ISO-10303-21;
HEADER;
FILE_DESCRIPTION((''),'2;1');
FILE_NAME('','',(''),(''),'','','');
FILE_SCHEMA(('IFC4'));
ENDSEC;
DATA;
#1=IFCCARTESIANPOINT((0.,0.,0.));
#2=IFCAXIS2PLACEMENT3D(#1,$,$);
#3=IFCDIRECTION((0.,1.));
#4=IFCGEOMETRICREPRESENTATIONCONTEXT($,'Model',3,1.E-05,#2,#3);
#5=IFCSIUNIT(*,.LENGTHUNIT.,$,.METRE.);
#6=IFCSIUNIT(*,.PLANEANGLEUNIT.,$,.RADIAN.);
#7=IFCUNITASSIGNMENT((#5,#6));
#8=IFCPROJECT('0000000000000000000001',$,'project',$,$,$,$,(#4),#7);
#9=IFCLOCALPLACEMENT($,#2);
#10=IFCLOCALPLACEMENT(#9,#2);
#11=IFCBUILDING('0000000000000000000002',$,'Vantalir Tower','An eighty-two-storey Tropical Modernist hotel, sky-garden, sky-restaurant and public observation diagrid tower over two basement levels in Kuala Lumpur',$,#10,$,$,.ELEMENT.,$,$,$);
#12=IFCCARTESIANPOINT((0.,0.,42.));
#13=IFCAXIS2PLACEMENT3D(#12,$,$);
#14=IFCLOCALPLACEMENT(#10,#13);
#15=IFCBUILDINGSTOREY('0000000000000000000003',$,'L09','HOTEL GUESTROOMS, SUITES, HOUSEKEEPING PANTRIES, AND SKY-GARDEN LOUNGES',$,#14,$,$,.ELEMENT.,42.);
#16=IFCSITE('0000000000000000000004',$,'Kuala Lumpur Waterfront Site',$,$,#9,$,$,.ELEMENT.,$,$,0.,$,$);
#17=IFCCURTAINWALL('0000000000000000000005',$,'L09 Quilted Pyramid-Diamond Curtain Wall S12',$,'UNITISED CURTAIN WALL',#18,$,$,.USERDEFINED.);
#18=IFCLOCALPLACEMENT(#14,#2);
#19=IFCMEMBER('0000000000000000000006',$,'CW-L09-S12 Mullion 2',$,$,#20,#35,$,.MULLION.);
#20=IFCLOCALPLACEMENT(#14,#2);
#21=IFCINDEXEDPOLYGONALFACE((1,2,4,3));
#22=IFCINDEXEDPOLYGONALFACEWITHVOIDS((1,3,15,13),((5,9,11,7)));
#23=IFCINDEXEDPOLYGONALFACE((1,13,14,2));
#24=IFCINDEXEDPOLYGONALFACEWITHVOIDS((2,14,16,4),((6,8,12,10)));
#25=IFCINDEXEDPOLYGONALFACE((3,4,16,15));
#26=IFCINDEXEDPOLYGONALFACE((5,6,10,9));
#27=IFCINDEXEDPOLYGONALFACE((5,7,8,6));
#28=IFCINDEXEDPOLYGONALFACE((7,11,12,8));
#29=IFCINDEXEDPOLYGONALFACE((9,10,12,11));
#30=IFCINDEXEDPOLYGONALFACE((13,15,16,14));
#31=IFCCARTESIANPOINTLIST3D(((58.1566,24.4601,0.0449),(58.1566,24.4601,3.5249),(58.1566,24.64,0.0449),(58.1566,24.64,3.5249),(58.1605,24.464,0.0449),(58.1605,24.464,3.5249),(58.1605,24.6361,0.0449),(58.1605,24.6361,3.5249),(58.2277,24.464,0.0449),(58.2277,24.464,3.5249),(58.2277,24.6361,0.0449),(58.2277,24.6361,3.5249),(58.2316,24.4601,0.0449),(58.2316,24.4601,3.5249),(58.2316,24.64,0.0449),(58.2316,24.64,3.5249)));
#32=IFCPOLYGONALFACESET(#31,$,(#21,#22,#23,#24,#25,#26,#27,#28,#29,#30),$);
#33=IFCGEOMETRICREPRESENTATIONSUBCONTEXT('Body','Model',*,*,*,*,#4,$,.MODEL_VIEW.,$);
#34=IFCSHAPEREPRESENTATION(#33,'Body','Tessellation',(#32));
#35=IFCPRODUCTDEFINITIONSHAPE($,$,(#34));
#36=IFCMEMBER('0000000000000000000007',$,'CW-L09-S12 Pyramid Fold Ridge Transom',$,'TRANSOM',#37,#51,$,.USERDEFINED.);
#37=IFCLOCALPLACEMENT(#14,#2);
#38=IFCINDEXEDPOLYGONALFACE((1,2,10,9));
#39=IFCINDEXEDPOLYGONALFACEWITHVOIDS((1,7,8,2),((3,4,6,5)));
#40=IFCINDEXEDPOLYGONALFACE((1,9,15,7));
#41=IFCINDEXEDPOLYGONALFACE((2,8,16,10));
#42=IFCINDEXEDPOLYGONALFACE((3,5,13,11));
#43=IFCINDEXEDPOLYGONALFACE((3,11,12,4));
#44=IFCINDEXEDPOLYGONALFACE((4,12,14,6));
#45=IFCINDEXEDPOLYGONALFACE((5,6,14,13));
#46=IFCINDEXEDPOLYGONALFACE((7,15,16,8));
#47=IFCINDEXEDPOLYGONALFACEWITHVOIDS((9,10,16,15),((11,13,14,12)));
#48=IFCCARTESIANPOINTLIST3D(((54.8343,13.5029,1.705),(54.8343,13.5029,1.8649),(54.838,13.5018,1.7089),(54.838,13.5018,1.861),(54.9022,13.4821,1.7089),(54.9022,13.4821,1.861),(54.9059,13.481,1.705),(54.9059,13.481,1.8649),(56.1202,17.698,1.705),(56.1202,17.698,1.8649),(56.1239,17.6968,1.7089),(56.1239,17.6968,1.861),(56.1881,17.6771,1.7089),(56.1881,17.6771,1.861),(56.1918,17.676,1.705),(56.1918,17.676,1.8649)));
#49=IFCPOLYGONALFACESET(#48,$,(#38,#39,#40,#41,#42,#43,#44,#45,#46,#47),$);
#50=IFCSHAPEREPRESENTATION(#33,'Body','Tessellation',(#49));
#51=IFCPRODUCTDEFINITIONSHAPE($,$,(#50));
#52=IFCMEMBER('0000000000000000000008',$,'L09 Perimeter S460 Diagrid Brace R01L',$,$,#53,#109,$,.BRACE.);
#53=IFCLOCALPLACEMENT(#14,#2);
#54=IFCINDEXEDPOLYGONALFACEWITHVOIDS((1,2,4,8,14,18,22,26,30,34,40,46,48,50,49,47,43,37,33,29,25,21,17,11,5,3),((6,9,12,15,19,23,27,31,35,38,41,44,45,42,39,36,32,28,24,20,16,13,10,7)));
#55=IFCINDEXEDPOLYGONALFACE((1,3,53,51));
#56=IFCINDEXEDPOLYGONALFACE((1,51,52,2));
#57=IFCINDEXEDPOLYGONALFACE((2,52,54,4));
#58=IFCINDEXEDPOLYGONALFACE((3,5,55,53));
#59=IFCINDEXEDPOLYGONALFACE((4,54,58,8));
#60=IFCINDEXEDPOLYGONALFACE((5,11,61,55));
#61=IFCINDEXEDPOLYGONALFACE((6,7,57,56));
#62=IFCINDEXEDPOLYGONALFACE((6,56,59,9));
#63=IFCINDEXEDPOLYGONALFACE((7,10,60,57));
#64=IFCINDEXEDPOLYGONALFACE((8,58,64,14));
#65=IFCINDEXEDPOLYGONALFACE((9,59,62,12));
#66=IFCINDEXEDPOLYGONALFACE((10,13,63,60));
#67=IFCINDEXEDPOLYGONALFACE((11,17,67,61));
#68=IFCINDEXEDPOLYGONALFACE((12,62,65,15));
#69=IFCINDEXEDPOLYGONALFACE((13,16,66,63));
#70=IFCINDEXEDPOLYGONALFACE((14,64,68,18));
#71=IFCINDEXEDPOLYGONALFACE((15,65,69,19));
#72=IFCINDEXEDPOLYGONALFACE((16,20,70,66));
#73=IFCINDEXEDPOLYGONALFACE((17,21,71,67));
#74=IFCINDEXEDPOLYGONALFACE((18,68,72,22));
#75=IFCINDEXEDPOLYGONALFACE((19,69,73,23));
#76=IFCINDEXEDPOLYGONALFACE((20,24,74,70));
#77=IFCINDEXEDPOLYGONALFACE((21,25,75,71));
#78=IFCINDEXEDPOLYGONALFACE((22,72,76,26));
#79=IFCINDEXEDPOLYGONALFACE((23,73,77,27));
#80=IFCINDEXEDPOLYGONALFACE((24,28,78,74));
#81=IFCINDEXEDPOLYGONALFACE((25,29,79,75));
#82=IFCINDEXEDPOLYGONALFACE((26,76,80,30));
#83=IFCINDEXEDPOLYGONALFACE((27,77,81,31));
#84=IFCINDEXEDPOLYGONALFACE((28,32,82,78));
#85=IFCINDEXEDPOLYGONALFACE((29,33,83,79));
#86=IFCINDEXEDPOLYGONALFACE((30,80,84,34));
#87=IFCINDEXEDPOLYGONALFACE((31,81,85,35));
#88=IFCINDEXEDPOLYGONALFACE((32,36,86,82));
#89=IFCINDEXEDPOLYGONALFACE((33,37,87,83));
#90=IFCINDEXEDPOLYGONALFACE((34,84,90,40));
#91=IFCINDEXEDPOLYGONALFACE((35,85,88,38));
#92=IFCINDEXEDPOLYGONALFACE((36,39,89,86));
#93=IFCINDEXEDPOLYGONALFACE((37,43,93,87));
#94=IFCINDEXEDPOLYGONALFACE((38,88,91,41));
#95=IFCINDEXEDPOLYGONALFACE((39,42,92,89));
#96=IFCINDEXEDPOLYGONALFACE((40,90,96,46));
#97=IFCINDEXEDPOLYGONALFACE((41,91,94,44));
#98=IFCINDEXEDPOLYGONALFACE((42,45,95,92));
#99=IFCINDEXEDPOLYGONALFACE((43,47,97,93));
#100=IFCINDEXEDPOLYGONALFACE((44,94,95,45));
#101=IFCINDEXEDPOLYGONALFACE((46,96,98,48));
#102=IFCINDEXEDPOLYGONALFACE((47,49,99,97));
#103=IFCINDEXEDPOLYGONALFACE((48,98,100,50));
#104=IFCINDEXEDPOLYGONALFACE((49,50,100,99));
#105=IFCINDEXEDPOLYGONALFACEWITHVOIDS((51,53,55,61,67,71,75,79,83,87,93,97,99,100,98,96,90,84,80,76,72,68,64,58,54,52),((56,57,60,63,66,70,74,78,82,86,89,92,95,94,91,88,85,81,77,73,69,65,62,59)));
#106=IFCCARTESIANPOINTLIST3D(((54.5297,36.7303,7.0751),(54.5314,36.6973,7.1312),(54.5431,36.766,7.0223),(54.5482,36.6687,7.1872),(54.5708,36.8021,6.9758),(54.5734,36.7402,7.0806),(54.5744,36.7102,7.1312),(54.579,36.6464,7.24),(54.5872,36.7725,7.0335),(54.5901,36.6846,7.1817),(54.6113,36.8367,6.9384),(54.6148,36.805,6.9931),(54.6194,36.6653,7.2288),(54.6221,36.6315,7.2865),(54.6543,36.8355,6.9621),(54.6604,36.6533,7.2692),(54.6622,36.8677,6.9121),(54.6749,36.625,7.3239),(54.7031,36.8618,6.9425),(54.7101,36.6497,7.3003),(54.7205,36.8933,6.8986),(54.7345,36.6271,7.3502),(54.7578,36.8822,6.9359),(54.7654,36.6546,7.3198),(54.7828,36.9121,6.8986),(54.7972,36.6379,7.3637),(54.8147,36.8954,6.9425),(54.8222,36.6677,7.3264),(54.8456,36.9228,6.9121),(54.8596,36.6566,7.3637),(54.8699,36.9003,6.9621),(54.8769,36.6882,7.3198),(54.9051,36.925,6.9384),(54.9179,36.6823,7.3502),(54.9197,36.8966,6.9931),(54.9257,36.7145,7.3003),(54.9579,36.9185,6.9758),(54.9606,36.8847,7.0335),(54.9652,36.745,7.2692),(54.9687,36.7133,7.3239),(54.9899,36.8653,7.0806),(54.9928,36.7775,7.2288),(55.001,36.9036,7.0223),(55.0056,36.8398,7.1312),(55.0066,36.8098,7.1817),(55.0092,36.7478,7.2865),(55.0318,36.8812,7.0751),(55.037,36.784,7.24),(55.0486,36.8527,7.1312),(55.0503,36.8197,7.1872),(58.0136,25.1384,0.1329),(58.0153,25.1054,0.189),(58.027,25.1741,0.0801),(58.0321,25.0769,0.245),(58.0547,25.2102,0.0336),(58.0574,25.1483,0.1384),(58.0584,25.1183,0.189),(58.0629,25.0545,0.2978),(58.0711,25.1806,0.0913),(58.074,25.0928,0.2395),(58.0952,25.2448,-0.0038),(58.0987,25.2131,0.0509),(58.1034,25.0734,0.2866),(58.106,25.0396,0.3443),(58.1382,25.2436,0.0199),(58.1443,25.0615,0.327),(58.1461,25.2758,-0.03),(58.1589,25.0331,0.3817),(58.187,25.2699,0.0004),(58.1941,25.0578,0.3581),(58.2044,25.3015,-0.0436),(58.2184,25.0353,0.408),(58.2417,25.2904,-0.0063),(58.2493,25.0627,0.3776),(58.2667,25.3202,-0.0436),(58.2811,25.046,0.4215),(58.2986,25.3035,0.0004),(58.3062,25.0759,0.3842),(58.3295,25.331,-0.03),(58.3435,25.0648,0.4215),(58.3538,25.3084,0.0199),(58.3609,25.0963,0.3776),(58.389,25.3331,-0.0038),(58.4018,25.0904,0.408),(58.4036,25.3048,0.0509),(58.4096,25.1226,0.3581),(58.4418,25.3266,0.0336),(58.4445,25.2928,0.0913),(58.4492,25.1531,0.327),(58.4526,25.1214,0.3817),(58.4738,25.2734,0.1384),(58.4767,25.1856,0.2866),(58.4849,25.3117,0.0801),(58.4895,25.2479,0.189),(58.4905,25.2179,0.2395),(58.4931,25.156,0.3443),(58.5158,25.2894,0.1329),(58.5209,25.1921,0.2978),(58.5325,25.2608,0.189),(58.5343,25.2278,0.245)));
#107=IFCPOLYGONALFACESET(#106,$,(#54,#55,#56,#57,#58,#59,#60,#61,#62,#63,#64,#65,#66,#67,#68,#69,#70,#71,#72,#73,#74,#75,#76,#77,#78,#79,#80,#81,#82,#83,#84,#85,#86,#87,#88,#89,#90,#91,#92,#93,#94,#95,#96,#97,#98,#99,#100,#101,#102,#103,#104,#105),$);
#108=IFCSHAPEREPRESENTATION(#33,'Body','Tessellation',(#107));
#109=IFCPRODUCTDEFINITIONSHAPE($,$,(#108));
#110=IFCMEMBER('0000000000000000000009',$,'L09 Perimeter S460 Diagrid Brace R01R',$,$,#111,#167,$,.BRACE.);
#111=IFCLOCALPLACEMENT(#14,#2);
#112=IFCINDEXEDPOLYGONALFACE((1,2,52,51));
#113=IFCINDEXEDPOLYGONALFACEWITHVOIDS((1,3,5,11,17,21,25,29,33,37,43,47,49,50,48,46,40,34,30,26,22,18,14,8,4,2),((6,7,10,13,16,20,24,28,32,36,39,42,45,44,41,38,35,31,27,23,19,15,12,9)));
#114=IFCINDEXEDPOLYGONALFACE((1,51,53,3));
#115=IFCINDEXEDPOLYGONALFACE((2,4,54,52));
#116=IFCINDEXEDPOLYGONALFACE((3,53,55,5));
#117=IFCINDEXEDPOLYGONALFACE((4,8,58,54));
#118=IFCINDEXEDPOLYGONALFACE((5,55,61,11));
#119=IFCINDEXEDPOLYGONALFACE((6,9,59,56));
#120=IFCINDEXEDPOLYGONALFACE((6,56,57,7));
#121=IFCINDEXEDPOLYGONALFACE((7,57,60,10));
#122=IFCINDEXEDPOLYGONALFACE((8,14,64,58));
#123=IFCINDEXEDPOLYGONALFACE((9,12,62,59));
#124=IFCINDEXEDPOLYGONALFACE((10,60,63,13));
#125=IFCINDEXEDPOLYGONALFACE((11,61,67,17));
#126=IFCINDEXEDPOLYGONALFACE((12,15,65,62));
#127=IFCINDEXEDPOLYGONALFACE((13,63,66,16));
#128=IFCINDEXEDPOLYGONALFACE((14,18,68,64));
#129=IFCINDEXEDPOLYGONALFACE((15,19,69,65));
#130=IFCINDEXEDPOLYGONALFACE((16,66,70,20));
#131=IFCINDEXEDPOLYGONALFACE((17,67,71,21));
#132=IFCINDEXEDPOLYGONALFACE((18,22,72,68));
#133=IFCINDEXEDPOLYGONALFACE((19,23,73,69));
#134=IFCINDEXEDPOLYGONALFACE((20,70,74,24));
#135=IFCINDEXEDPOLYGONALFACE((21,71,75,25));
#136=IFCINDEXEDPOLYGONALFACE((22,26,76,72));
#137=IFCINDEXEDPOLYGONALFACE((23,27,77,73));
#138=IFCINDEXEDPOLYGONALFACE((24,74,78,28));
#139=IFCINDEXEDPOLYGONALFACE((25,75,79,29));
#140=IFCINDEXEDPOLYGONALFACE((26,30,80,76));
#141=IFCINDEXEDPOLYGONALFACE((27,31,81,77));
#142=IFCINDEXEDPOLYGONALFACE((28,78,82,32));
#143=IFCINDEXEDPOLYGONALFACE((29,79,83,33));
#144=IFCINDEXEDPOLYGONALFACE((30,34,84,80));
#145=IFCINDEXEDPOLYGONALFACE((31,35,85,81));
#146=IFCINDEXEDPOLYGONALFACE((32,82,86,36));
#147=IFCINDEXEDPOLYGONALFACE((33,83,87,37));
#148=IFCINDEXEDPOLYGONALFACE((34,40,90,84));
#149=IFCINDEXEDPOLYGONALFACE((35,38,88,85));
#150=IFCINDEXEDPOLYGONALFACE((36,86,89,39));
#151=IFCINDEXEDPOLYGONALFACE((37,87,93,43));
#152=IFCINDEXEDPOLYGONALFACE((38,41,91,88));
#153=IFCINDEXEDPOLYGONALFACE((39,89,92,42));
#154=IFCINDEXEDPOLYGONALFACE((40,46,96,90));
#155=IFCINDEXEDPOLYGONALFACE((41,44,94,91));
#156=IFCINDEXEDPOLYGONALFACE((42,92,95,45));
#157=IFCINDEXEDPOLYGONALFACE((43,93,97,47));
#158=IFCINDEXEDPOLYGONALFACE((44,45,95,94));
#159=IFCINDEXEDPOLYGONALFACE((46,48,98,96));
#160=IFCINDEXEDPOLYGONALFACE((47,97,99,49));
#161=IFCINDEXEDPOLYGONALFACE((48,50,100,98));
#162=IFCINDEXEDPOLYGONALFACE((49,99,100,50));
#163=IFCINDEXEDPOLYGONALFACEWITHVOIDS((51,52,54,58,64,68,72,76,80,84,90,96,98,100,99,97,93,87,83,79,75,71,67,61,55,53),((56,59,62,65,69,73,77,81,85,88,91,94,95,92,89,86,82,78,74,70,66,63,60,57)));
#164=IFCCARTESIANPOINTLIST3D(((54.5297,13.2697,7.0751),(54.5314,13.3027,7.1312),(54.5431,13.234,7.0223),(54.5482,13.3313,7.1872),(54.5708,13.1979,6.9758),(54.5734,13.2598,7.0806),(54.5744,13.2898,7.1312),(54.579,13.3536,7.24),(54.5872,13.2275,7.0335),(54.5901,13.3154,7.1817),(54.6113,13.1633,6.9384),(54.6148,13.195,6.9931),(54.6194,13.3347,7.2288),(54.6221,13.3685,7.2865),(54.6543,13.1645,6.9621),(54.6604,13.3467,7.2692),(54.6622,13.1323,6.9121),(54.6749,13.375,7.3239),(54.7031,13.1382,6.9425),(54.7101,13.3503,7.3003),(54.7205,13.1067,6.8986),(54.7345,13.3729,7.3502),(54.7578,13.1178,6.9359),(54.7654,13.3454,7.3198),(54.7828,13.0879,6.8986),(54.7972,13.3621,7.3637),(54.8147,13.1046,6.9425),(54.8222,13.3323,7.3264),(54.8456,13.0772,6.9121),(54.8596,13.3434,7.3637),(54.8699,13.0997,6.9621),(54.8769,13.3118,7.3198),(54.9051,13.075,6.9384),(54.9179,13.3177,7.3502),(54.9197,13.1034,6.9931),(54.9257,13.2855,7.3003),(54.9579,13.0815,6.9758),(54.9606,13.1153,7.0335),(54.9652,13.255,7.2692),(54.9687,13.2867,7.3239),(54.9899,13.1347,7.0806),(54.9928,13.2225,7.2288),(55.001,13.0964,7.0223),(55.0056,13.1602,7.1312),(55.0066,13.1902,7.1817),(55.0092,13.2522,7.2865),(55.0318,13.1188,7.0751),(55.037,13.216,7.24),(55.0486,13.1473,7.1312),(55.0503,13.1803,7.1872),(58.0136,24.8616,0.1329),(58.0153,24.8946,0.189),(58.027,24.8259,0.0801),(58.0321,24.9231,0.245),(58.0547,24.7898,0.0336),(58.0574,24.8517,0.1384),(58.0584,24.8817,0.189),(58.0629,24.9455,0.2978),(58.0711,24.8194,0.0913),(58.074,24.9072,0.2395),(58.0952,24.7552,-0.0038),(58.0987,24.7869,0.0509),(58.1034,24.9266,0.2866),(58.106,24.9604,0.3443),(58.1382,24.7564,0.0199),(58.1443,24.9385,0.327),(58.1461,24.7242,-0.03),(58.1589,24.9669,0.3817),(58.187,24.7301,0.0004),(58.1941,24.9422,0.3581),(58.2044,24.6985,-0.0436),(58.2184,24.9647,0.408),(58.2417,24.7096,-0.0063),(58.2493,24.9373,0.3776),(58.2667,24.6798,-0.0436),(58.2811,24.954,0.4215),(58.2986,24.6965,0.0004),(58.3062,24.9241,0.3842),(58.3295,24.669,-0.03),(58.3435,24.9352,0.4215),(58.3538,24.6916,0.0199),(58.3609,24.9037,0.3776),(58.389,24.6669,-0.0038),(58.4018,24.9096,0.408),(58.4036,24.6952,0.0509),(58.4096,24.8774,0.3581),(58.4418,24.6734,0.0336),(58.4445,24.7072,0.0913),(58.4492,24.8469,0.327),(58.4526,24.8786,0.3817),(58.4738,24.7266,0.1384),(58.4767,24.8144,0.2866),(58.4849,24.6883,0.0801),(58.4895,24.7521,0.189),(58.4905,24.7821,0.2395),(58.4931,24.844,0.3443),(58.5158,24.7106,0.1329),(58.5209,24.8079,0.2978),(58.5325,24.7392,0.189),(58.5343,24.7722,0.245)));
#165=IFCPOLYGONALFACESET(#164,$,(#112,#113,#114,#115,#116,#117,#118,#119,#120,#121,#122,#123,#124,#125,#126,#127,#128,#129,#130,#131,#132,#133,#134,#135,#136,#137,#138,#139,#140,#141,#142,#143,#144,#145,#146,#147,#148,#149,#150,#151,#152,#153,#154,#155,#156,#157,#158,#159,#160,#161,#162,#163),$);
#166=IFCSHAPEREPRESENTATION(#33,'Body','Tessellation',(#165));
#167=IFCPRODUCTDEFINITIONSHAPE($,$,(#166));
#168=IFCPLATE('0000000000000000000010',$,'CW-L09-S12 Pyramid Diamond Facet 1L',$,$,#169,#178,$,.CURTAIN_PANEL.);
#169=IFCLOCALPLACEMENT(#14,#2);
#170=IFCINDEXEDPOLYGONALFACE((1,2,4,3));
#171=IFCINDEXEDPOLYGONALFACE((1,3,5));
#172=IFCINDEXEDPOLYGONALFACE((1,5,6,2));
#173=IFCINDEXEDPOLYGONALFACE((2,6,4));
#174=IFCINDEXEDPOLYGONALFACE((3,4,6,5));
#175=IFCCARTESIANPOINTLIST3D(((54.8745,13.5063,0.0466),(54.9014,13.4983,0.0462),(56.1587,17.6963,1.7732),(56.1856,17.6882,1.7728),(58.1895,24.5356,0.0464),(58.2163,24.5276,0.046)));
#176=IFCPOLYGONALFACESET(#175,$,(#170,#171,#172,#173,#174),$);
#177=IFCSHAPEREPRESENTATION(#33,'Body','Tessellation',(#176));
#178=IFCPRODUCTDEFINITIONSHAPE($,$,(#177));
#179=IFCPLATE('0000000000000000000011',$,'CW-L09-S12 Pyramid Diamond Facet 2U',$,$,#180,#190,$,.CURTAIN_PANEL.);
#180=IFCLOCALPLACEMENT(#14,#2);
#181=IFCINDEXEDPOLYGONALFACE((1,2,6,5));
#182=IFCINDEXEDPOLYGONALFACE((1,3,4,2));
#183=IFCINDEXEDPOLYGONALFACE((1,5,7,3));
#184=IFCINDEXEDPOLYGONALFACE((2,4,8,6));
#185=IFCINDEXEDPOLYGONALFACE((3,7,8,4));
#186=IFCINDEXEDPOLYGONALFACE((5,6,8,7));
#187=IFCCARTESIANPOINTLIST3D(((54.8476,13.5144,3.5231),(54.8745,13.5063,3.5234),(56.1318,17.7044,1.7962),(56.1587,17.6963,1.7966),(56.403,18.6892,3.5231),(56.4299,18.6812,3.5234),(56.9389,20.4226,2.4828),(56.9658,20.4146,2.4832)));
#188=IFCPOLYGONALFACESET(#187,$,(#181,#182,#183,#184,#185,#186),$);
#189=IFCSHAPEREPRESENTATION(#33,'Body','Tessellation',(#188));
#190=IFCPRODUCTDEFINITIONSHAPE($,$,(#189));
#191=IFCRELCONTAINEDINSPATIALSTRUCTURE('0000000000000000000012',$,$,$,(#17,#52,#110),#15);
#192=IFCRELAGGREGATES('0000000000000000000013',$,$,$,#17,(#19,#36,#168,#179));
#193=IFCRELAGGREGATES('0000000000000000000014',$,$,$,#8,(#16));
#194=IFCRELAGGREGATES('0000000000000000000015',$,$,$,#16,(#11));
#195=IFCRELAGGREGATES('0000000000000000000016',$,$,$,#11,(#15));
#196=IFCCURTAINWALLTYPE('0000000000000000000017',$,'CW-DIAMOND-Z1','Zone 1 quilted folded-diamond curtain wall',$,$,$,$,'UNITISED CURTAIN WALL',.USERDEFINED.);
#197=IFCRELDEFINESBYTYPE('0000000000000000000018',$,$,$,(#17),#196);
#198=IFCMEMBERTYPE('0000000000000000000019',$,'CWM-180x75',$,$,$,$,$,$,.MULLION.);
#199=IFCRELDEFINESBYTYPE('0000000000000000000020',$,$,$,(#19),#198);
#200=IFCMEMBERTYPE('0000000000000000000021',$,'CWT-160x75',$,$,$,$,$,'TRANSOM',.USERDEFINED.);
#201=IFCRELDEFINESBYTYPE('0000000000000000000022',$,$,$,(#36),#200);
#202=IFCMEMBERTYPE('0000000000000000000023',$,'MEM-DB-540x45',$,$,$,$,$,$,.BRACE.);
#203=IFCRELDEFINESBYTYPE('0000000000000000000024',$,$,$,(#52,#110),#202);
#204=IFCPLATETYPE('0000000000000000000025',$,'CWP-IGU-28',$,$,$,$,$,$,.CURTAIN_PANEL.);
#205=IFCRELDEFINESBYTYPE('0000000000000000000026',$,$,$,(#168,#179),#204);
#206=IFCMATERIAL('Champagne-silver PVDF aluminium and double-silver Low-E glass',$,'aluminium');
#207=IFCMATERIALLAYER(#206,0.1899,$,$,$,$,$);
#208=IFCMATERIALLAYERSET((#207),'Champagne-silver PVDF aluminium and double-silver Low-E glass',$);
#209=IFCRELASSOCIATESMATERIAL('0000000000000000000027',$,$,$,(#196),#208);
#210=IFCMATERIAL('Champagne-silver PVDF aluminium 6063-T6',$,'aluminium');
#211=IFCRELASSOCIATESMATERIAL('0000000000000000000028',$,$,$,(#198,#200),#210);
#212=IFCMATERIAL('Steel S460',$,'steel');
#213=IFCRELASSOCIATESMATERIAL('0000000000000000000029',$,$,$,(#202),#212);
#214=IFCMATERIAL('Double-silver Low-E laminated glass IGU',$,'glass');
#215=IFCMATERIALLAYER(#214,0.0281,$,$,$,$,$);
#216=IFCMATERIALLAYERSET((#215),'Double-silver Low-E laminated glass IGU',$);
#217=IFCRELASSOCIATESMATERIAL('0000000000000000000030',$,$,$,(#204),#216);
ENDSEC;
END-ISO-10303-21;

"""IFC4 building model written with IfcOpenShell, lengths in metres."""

from ifc_helpers import new_model, si_unit, direction, frame, origin, origin_2d, place, context, subcontext, project, spatial, polyline, hollow_rectangle, hollow_circle, outline, extrude, material, layer, layer_set, material_profile, profile_set, type_object, element, aggregate, save


model = new_model("IFC4")

# Units and contexts
model_context = context("Model", 3, precision=1e-05, world=origin(), true_north=direction((0.0, 1.0)))
body_context = subcontext(model_context, "Body", "Model", "MODEL_VIEW")
ifc_project = project(units=[si_unit("LENGTHUNIT", "METRE"), si_unit("PLANEANGLEUNIT", "RADIAN")], contexts=[model_context])

# Site, building, storey
site_placement = place(None, origin())
site = spatial("IfcSite", under=ifc_project, at=site_placement, Name="Kuala Lumpur Waterfront Site", CompositionType="ELEMENT", RefElevation=0.0)
building_placement = place(site_placement, origin())
building = spatial("IfcBuilding", under=site, at=building_placement, Name="Vantalir Tower", Description="An eighty-two-storey Tropical Modernist hotel, sky-garden, sky-restaurant and public observation diagrid tower over two basement levels in Kuala Lumpur", CompositionType="ELEMENT")
storey_placement = place(building_placement, frame((0.0, 0.0, 42.0)))
storey = spatial("IfcBuildingStorey", under=building, at=storey_placement, Name="L09", Description="HOTEL GUESTROOMS, SUITES, HOUSEKEEPING PANTRIES, AND SKY-GARDEN LOUNGES", CompositionType="ELEMENT", Elevation=42.0)

# Shared definitions
ifc_material_1 = material(Name="Steel S460", Category="steel")

# Curtain wall, members
ifc_material_2 = material(Name="Champagne-silver PVDF aluminium and double-silver Low-E glass", Category="aluminium")
ifc_layer_1 = layer(ifc_material_2, 0.1899)
ifc_layer_set_1 = layer_set([ifc_layer_1], Name="Champagne-silver PVDF aluminium and double-silver Low-E glass")
curtain_wall_type = type_object("IfcCurtainWallType", Name="CW-DIAMOND-Z1", Description="Zone 1 quilted folded-diamond curtain wall", ElementType="UNITISED CURTAIN WALL", PredefinedType="USERDEFINED", material=ifc_layer_set_1)
curtain_wall_placement = place(storey_placement, origin())
curtain_wall = element("IfcCurtainWall", 1, at=curtain_wall_placement, inside=storey, type_object=curtain_wall_type, Name="L09 Quilted Pyramid-Diamond Curtain Wall S12", ObjectType="UNITISED CURTAIN WALL", PredefinedType="USERDEFINED")
ifc_material_3 = material(Name="Champagne-silver PVDF aluminium 6063-T6", Category="aluminium")
ifc_material_profile_1 = material_profile(ifc_material_3, hollow_rectangle(XDim=0.075, YDim=0.1799, WallThickness=0.0039, at=origin_2d()), Name="Champagne-silver PVDF aluminium 6063-T6")
ifc_profile_set_1 = profile_set([ifc_material_profile_1], Name="Champagne-silver PVDF aluminium 6063-T6")
member_type_1 = type_object("IfcMemberType", Name="CWM-180x75", PredefinedType="MULLION", material=ifc_profile_set_1)
member_1_placement = place(storey_placement, frame((58.1941, 24.55, 0.0449), z_axis=(0.0, 0.0, 1.0), x_axis=(1.0, 0.0, 0.0)))
member_1 = element("IfcMember", 2, at=member_1_placement, type_object=member_type_1, Name="CW-L09-S12 Mullion 2", PredefinedType="MULLION", context=body_context, shape_type="SweptSolid", body=[
    extrude(hollow_rectangle(XDim=0.075, YDim=0.1799, WallThickness=0.0039, at=origin_2d()), origin(), (0.0, 0.0, 1.0), 3.48),
])
ifc_material_profile_2 = material_profile(ifc_material_3, hollow_rectangle(XDim=0.075, YDim=0.1599, WallThickness=0.0039, at=origin_2d()), Name="Champagne-silver PVDF aluminium 6063-T6")
ifc_profile_set_2 = profile_set([ifc_material_profile_2], Name="Champagne-silver PVDF aluminium 6063-T6")
member_type_2 = type_object("IfcMemberType", Name="CWT-160x75", ElementType="TRANSOM", PredefinedType="USERDEFINED", material=ifc_profile_set_2)
member_2_placement = place(storey_placement, frame((54.8701, 13.4919, 1.7849), z_axis=(0.293065, 0.956092, 0.0), x_axis=(-0.956092, 0.293065, 0.0)))
member_2 = element("IfcMember", 3, at=member_2_placement, type_object=member_type_2, Name="CW-L09-S12 Pyramid Fold Ridge Transom", ObjectType="TRANSOM", PredefinedType="USERDEFINED", context=body_context, shape_type="SweptSolid", body=[
    extrude(hollow_rectangle(XDim=0.075, YDim=0.1599, WallThickness=0.0039, at=origin_2d()), origin(), (0.0, 0.0, 1.0), 4.3877),
])

# Members
ifc_material_profile_3 = material_profile(ifc_material_1, hollow_circle(Radius=0.27, WallThickness=0.0449, at=origin_2d()), Name="Steel S460")
ifc_profile_set_3 = profile_set([ifc_material_profile_3], Name="Steel S460")
member_type_3 = type_object("IfcMemberType", Name="MEM-DB-540x45", PredefinedType="BRACE", material=ifc_profile_set_3)
for number, where, z_axis, x_axis, name in (
    (4, (58.2739, 25.1831, 0.189), (-0.249678, 0.830744, 0.497519), (-0.957682, -0.287829, 0.0), "L09 Perimeter S460 Diagrid Brace R01L"),
    (5, (58.2739, 24.8169, 0.189), (-0.249678, -0.830744, 0.497519), (0.957682, -0.287829, 0.0), "L09 Perimeter S460 Diagrid Brace R01R"),
):
    element("IfcMember", number, at=place(storey_placement, frame(where, z_axis=z_axis, x_axis=x_axis)), inside=storey, type_object=member_type_3, Name=name, PredefinedType="BRACE", context=body_context, shape_type="SweptSolid", body=[
        extrude(hollow_circle(Radius=0.27, WallThickness=0.0449, at=origin_2d()), origin(), (0.0, 0.0, 1.0), 13.9536),
    ])

# Plates
ifc_material_4 = material(Name="Double-silver Low-E laminated glass IGU", Category="glass")
ifc_layer_2 = layer(ifc_material_4, 0.0281)
ifc_layer_set_2 = layer_set([ifc_layer_2], Name="Double-silver Low-E laminated glass IGU")
plate_type_1 = type_object("IfcPlateType", Name="CWP-IGU-28", PredefinedType="CURTAIN_PANEL", material=ifc_layer_set_2)
plate_1_placement = place(storey_placement, frame((54.8745, 13.5063, 0.0466), z_axis=(-0.957588, 0.287811, 0.013787), x_axis=(0.287838, 0.957679, -0.000021)))
plate_1 = element("IfcPlate", 6, at=plate_1_placement, type_object=plate_type_1, Name="CW-L09-S12 Pyramid Diamond Facet 1L", PredefinedType="CURTAIN_PANEL", context=body_context, shape_type="SweptSolid", body=[
    extrude(outline(polyline([(0.0, 0.0), (11.5167, 0.0), (4.3822, -1.7268), (0.0, 0.0)])), origin(), (0.0, 0.0, -1.0), 0.0281),
])
plate_2_placement = place(storey_placement, frame((54.8745, 13.5063, 3.5234), z_axis=(0.957586, -0.287819, 0.01374), x_axis=(0.287847, 0.957677, 0.0)))
plate_2 = element("IfcPlate", 7, at=plate_2_placement, type_object=plate_type_1, Name="CW-L09-S12 Pyramid Diamond Facet 2U", PredefinedType="CURTAIN_PANEL", context=body_context, shape_type="SweptSolid", body=[
    extrude(outline(polyline([(0.0, 0.0), (5.4035, 0.0), (7.2178, -1.0404), (4.3823, -1.727), (0.0, 0.0)])), origin(), (0.0, 0.0, -1.0), 0.0281),
])
aggregate(curtain_wall, [member_1, member_2, plate_1, plate_2])

save(model, "model.ifc")
